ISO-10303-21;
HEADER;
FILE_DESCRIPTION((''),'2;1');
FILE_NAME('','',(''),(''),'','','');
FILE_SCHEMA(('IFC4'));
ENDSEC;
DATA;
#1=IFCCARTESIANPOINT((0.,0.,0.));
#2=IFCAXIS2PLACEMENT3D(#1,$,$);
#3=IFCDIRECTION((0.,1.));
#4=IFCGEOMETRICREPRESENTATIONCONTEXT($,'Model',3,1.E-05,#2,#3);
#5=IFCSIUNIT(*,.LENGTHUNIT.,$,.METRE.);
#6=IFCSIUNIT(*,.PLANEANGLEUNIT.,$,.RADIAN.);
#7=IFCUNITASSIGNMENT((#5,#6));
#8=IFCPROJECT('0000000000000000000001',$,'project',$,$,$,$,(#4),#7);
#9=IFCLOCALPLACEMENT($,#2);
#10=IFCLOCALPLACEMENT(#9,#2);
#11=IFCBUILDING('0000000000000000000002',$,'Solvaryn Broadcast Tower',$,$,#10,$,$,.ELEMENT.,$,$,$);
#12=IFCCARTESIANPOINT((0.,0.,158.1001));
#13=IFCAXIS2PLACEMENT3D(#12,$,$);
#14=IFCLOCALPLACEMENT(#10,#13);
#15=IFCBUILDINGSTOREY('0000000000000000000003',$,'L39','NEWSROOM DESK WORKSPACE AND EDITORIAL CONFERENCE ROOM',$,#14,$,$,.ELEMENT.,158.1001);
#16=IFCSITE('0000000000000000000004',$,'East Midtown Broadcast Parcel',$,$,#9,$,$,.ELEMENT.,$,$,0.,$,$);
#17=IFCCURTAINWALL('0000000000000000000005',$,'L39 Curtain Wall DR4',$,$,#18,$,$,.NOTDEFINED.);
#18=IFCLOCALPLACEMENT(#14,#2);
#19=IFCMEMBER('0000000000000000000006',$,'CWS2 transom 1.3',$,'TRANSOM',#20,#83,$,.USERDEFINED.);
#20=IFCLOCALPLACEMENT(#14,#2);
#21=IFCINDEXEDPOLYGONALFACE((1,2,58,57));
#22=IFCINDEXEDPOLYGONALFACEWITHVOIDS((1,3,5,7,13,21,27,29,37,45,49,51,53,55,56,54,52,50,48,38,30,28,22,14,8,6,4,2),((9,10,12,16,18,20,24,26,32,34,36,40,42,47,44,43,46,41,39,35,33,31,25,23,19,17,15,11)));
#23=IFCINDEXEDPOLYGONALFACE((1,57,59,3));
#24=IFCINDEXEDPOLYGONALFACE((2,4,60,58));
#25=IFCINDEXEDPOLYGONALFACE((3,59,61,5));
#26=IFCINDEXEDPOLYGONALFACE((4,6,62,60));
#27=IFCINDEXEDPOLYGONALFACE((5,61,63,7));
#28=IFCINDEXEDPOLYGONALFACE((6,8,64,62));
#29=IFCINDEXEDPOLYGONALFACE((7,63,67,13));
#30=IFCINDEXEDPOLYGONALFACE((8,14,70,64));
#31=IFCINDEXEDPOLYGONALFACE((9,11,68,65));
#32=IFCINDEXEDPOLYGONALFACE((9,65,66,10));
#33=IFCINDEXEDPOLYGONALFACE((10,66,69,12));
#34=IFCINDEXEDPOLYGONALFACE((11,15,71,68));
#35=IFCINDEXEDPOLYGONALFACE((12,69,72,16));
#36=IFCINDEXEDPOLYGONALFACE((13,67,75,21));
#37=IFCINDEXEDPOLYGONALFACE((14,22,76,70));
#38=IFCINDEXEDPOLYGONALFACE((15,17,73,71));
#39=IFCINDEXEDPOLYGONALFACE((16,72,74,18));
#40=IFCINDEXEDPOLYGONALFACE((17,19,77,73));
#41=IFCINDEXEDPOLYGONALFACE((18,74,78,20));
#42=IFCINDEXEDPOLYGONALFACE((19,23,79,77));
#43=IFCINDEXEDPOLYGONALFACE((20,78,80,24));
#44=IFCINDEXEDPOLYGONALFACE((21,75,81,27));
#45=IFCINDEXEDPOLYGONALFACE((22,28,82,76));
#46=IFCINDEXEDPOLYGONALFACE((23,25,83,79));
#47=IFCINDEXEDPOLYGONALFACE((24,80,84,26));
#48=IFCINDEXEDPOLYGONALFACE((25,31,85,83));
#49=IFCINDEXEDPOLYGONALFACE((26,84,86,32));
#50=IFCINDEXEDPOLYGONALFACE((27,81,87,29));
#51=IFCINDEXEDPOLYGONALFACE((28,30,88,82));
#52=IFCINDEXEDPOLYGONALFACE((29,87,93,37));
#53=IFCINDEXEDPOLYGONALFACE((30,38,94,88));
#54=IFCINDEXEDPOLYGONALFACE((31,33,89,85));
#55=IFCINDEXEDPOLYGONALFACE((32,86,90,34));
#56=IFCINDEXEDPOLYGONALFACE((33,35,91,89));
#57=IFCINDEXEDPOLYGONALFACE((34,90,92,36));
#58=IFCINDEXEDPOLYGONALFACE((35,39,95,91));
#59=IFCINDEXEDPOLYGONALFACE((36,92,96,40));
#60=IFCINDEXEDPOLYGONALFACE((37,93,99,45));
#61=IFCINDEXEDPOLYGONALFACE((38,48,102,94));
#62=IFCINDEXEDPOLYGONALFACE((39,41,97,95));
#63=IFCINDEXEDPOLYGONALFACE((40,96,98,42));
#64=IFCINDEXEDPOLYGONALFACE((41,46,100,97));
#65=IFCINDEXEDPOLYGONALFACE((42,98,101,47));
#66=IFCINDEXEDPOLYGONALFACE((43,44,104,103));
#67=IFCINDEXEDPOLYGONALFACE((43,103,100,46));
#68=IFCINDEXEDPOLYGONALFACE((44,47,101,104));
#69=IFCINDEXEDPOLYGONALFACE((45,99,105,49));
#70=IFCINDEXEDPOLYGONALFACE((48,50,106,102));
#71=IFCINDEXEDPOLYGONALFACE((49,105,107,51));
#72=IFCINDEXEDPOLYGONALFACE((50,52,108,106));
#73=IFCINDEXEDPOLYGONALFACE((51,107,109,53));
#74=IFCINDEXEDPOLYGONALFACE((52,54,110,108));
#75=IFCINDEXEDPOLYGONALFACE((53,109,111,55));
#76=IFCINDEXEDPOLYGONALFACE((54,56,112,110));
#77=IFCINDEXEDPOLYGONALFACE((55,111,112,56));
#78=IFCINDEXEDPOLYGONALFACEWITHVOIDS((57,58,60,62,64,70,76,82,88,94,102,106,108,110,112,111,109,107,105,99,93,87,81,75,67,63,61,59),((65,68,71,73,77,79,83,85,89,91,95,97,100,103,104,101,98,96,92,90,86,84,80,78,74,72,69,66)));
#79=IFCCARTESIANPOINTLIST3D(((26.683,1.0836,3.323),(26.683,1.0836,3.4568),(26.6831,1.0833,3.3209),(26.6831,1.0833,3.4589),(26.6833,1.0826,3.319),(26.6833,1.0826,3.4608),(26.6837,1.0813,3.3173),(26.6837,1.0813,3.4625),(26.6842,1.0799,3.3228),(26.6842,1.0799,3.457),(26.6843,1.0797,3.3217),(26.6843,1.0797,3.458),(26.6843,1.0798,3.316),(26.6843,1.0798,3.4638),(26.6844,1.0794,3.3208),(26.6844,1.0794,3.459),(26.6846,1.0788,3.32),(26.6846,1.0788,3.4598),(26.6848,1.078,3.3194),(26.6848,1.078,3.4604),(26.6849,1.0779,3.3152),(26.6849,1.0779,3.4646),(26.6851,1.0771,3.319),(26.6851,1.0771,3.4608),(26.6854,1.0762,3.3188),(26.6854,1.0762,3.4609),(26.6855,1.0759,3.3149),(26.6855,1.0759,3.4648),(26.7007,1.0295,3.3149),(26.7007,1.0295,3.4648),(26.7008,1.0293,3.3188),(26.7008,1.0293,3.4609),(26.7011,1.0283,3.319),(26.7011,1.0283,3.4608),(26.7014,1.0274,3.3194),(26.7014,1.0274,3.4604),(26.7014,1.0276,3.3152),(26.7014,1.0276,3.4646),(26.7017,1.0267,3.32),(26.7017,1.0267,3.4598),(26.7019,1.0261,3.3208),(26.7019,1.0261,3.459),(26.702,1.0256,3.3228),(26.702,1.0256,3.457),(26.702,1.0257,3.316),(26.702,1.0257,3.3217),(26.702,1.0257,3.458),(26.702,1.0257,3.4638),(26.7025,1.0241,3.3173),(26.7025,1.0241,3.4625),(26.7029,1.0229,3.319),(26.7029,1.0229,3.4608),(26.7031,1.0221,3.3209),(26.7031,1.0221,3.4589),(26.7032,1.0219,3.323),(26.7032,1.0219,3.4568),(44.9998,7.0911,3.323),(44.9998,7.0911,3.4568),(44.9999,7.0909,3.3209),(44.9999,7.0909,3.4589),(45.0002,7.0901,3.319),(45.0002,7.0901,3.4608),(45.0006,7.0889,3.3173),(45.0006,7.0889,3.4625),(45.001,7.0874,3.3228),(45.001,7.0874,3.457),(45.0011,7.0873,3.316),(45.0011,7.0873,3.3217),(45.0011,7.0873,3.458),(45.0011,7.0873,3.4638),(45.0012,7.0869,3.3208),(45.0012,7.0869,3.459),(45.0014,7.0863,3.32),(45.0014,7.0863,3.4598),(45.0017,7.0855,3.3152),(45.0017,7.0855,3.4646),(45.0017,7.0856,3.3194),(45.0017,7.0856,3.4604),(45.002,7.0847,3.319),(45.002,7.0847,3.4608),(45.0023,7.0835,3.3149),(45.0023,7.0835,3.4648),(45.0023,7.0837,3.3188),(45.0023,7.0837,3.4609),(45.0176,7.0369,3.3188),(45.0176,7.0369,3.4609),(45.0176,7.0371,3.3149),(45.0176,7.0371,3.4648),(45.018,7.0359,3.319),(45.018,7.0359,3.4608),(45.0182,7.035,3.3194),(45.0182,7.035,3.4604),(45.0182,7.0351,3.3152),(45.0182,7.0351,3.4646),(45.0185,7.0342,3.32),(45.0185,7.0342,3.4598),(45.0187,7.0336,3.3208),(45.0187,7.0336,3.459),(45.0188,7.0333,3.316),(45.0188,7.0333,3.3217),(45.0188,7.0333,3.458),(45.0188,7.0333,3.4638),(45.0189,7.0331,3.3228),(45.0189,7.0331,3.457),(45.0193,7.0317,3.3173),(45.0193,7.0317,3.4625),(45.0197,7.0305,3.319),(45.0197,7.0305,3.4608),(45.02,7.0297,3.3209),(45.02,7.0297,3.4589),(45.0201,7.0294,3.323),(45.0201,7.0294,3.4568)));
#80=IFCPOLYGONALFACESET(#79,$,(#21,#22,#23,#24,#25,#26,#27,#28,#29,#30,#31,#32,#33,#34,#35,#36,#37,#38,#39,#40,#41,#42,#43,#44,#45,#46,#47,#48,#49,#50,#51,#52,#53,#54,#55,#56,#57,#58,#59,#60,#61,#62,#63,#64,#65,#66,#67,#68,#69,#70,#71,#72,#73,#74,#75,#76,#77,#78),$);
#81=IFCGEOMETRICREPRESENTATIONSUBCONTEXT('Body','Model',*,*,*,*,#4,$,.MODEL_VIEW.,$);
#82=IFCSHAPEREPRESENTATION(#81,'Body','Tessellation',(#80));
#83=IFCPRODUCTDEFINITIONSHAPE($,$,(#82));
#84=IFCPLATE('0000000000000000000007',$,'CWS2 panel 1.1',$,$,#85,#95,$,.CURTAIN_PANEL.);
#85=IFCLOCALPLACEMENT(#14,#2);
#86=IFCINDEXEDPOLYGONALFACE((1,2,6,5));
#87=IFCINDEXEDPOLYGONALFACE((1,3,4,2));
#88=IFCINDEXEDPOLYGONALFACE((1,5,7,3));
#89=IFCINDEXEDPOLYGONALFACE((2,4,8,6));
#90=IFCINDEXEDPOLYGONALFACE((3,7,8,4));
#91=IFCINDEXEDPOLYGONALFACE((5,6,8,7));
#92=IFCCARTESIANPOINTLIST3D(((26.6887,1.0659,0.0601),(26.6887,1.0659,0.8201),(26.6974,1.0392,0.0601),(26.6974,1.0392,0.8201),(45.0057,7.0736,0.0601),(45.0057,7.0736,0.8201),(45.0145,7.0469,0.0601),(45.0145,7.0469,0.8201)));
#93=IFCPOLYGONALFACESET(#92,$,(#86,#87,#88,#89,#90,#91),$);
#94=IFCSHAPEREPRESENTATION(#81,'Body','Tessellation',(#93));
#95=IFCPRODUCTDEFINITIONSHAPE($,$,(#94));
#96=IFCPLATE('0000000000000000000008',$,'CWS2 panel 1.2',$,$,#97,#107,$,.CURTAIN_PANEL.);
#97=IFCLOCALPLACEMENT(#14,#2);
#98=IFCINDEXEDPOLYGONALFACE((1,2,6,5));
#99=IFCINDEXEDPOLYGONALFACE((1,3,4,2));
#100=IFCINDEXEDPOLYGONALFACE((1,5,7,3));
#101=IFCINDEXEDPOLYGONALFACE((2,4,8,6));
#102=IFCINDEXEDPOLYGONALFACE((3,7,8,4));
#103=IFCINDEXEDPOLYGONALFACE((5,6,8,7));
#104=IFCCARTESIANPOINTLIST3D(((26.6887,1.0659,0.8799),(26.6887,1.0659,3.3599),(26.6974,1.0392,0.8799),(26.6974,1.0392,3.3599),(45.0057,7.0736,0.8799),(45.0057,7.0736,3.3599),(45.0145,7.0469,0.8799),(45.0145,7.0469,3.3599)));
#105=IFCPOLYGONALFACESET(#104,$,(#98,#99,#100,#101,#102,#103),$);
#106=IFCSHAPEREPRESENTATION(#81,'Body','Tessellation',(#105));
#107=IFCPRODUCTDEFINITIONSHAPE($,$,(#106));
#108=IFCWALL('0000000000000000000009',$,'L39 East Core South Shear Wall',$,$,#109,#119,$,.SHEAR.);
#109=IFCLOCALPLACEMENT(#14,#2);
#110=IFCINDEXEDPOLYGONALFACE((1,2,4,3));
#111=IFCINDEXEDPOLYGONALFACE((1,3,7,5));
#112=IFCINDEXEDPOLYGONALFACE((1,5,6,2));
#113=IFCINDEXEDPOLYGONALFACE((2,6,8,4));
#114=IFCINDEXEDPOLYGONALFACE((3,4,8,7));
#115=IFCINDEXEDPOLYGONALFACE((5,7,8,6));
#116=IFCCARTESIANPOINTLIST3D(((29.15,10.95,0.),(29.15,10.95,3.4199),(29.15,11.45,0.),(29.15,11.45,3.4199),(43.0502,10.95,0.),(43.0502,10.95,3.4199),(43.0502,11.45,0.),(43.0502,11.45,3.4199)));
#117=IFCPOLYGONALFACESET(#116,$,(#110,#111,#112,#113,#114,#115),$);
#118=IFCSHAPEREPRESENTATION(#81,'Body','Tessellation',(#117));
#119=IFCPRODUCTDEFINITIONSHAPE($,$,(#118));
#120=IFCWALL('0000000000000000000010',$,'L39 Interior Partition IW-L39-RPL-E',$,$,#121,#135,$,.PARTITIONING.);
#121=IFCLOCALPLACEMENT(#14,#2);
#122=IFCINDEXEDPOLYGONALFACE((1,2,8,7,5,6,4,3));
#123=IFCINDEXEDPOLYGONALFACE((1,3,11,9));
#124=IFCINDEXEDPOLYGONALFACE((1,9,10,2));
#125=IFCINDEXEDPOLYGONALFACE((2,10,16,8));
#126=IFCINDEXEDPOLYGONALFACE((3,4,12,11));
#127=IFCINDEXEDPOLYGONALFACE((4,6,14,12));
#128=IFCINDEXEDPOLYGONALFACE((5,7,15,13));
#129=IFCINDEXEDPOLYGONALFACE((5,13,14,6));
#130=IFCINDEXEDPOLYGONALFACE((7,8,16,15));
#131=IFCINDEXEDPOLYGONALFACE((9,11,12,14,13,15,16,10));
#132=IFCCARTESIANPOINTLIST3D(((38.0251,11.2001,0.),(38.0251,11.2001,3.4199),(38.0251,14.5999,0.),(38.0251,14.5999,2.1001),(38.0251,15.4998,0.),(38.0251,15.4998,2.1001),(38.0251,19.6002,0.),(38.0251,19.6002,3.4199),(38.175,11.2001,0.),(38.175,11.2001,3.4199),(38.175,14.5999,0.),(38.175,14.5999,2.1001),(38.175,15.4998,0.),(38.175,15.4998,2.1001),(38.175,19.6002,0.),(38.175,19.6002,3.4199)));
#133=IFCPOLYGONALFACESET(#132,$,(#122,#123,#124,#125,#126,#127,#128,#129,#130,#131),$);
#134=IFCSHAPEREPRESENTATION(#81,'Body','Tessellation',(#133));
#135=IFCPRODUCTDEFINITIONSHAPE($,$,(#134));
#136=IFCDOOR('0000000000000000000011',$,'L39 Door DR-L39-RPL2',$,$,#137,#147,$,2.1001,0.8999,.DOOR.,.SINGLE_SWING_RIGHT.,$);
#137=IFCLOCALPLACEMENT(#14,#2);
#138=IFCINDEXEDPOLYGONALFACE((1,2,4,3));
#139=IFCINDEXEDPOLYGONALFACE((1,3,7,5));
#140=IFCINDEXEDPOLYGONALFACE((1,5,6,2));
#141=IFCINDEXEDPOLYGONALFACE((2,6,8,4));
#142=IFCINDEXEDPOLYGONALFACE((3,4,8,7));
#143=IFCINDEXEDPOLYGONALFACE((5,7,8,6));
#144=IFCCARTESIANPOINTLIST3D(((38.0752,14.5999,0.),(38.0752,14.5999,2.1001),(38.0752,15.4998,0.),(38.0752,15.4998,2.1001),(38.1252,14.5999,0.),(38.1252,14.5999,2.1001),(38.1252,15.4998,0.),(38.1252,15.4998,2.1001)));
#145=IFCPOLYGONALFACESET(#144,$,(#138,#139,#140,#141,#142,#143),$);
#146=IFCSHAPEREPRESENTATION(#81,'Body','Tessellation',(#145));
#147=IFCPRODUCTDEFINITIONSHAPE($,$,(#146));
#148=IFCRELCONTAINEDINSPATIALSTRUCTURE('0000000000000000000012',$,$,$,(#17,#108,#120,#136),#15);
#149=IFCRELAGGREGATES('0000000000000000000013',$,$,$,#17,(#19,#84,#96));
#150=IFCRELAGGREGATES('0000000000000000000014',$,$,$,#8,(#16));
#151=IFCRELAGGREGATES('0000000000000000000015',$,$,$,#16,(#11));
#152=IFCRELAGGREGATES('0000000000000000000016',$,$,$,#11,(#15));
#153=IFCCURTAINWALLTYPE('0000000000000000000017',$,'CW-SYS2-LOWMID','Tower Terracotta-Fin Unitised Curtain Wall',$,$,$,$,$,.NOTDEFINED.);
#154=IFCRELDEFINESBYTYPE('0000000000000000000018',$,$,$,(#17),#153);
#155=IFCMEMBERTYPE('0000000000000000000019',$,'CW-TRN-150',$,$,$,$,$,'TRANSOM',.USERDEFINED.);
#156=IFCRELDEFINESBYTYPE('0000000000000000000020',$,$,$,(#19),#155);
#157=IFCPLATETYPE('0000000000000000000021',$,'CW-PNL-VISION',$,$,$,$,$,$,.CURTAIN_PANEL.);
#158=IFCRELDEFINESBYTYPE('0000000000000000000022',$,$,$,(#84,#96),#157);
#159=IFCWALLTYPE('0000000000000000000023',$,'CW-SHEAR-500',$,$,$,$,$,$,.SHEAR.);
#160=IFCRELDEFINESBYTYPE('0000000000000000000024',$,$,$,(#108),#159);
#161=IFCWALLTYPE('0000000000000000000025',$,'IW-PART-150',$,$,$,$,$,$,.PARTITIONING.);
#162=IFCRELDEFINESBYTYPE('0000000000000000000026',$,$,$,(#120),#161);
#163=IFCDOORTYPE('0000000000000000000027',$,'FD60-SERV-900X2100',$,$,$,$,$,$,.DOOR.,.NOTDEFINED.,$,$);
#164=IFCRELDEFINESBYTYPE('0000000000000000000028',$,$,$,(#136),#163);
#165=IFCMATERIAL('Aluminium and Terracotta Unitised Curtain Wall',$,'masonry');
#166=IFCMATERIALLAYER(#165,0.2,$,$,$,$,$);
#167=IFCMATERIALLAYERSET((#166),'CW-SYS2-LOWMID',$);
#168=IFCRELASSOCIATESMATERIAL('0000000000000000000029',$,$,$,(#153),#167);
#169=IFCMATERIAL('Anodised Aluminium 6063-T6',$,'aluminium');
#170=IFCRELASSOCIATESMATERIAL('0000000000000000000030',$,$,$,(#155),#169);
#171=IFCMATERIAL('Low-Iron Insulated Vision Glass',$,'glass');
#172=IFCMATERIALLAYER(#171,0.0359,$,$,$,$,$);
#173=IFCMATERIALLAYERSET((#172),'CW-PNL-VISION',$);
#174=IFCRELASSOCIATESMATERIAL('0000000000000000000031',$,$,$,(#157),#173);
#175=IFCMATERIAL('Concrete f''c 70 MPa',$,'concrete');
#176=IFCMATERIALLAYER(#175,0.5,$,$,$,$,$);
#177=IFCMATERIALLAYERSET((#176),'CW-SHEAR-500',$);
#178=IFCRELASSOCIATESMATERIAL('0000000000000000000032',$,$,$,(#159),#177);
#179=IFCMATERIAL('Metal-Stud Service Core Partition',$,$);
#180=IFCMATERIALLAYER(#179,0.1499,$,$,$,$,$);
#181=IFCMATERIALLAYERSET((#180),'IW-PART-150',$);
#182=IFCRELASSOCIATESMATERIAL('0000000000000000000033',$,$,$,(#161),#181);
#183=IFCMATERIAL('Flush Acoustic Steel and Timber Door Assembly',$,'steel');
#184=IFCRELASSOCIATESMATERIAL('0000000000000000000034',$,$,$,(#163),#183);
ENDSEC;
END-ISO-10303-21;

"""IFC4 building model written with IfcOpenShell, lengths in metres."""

from ifc_helpers import new_model, si_unit, direction, frame, frame_2d, origin, origin_2d, place, context, subcontext, project, spatial, rectangle, hollow_rectangle, extrude, material, layer, layer_set, material_profile, profile_set, type_object, element, fill, aggregate, save


model = new_model("IFC4")

# Units and contexts
model_context = context("Model", 3, precision=1e-05, world=origin(), true_north=direction((0.0, 1.0)))
body_context = subcontext(model_context, "Body", "Model", "MODEL_VIEW")
ifc_project = project(units=[si_unit("LENGTHUNIT", "METRE"), si_unit("PLANEANGLEUNIT", "RADIAN")], contexts=[model_context])

# Site, building, storey
site_placement = place(None, origin())
site = spatial("IfcSite", under=ifc_project, at=site_placement, Name="East Midtown Broadcast Parcel", CompositionType="ELEMENT", RefElevation=0.0)
building_placement = place(site_placement, origin())
building = spatial("IfcBuilding", under=site, at=building_placement, Name="Solvaryn Broadcast Tower", CompositionType="ELEMENT")
storey_placement = place(building_placement, frame((0.0, 0.0, 158.1001)))
storey = spatial("IfcBuildingStorey", under=building, at=storey_placement, Name="L39", Description="NEWSROOM DESK WORKSPACE AND EDITORIAL CONFERENCE ROOM", CompositionType="ELEMENT", Elevation=158.1001)

# Shared definitions
ifc_material_1 = material(Name="Aluminium and Terracotta Unitised Curtain Wall", Category="masonry")
ifc_layer_1 = layer(ifc_material_1, 0.2)
ifc_layer_set_1 = layer_set([ifc_layer_1], Name="CW-SYS2-LOWMID")
curtain_wall_type = type_object("IfcCurtainWallType", Name="CW-SYS2-LOWMID", Description="Tower Terracotta-Fin Unitised Curtain Wall", PredefinedType="NOTDEFINED", material=ifc_layer_set_1)

# Curtain wall, member, plates
curtain_wall_1_placement = place(storey_placement, origin())
curtain_wall_1 = element("IfcCurtainWall", 1, at=curtain_wall_1_placement, inside=storey, type_object=curtain_wall_type, Name="L39 Curtain Wall DR4", PredefinedType="NOTDEFINED")
ifc_material_2 = material(Name="Anodised Aluminium 6063-T6", Category="aluminium")
ifc_material_profile_1 = material_profile(ifc_material_2, hollow_rectangle(XDim=0.0649, YDim=0.1499, WallThickness=0.0039, InnerFilletRadius=0.0039, OuterFilletRadius=0.0081, at=origin_2d()))
ifc_profile_set_1 = profile_set([ifc_material_profile_1], Name="Anodised Aluminium 6063-T6")
member_type_1 = type_object("IfcMemberType", Name="CW-TRN-150", ElementType="TRANSOM", PredefinedType="USERDEFINED", material=ifc_profile_set_1)
member_1_placement = place(storey_placement, frame((26.6931, 1.0527, 3.3899), z_axis=(0.950198, 0.311646, 0.0), x_axis=(-0.311646, 0.950198, 0.0)))
member_1 = element("IfcMember", 2, at=member_1_placement, type_object=member_type_1, Name="CWS2 transom 1.3", ObjectType="TRANSOM", PredefinedType="USERDEFINED", context=body_context, shape_type="SweptSolid", body=[
    extrude(hollow_rectangle(XDim=0.0649, YDim=0.1499, WallThickness=0.0039, InnerFilletRadius=0.0039, OuterFilletRadius=0.0081, at=origin_2d()), origin(), (0.0, 0.0, 1.0), 19.2769),
])
ifc_material_3 = material(Name="Low-Iron Insulated Vision Glass", Category="glass")
ifc_layer_2 = layer(ifc_material_3, 0.0359)
ifc_layer_set_2 = layer_set([ifc_layer_2], Name="CW-PNL-VISION")
plate_type = type_object("IfcPlateType", Name="CW-PNL-VISION", PredefinedType="CURTAIN_PANEL", material=ifc_layer_set_2)
plate_1_placement = place(storey_placement, frame((35.8516, 4.0564, 0.0601), z_axis=(0.0, 0.0, 1.0), x_axis=(0.950198, 0.311646, 0.0)))
plate_1 = element("IfcPlate", 3, at=plate_1_placement, type_object=plate_type, Name="CWS2 panel 1.1", PredefinedType="CURTAIN_PANEL", context=body_context, shape_type="SweptSolid", body=[
    extrude(rectangle(XDim=19.2771, YDim=0.0281, at=origin_2d()), origin(), (0.0, 0.0, 1.0), 0.76),
])
plate_2_placement = place(storey_placement, frame((35.8516, 4.0564, 0.8799), z_axis=(0.0, 0.0, 1.0), x_axis=(0.950198, 0.311646, 0.0)))
plate_2 = element("IfcPlate", 4, at=plate_2_placement, type_object=plate_type, Name="CWS2 panel 1.2", PredefinedType="CURTAIN_PANEL", context=body_context, shape_type="SweptSolid", body=[
    extrude(rectangle(XDim=19.2771, YDim=0.0281, at=origin_2d()), origin(), (0.0, 0.0, 1.0), 2.48),
])
aggregate(curtain_wall_1, [member_1, plate_1, plate_2])

# Wall
ifc_material_4 = material(Name="Concrete f'c 70 MPa", Category="concrete")
ifc_layer_3 = layer(ifc_material_4, 0.5)
ifc_layer_set_3 = layer_set([ifc_layer_3], Name="CW-SHEAR-500")
wall_type_1 = type_object("IfcWallType", Name="CW-SHEAR-500", PredefinedType="SHEAR", material=ifc_layer_set_3)
wall_1_placement = place(storey_placement, frame((29.1499, 11.2, 0.0), z_axis=(0.0, 0.0, 1.0), x_axis=(1.0, 0.0, 0.0)))
element("IfcWall", 5, at=wall_1_placement, inside=storey, type_object=wall_type_1, Name="L39 East Core South Shear Wall", PredefinedType="SHEAR", context=body_context, shape_type="SweptSolid", body=[
    extrude(rectangle(XDim=13.9001, YDim=0.5, at=frame_2d((6.9502, 0.0))), origin(), (0.0, 0.0, 1.0), 3.4199),
])

# Wall, opening, door
ifc_material_5 = material(Name="Metal-Stud Service Core Partition")
ifc_layer_4 = layer(ifc_material_5, 0.1499)
ifc_layer_set_4 = layer_set([ifc_layer_4], Name="IW-PART-150")
wall_type_2 = type_object("IfcWallType", Name="IW-PART-150", PredefinedType="PARTITIONING", material=ifc_layer_set_4)
wall_2_placement = place(storey_placement, frame((38.1001, 11.2, 0.0), z_axis=(0.0, 0.0, 1.0), x_axis=(0.0, 1.0, 0.0)))
wall_2 = element("IfcWall", 6, at=wall_2_placement, inside=storey, type_object=wall_type_2, Name="L39 Interior Partition IW-L39-RPL-E", PredefinedType="PARTITIONING", context=body_context, shape_type="SweptSolid", body=[
    extrude(rectangle(XDim=8.4001, YDim=0.1499, at=frame_2d((4.2002, 0.0))), origin(), (0.0, 0.0, 1.0), 3.4199),
])
opening_1_placement = place(wall_2_placement, frame((3.3999, 0.0, 0.0)))
opening_1 = element("IfcOpeningElement", 7, at=opening_1_placement, cuts=wall_2, PredefinedType="OPENING", context=body_context, shape_type="SweptSolid", body=[
    extrude(rectangle(XDim=0.8999, YDim=2.1001, at=frame_2d((0.45, 1.05))), frame((0.0, 0.085, 0.0), z_axis=(0.0, -1.0, 0.0), x_axis=(1.0, 0.0, 0.0)), (0.0, 0.0, 1.0), 0.1699),
])
ifc_material_6 = material(Name="Flush Acoustic Steel and Timber Door Assembly", Category="steel")
door_type_1 = type_object("IfcDoorType", Name="FD60-SERV-900X2100", OperationType="NOTDEFINED", PredefinedType="DOOR", material=ifc_material_6)
door_1_placement = place(opening_1_placement, origin())
door_1 = element("IfcDoor", 8, at=door_1_placement, inside=storey, type_object=door_type_1, Name="L39 Door DR-L39-RPL2", OperationType="SINGLE_SWING_RIGHT", OverallHeight=2.1001, OverallWidth=0.8999, PredefinedType="DOOR", context=body_context, shape_type="SweptSolid", body=[
    extrude(rectangle(XDim=0.8999, YDim=2.1001, at=frame_2d((0.45, 1.05))), frame((0.0, 0.0249, 0.0), z_axis=(0.0, -1.0, 0.0), x_axis=(1.0, 0.0, 0.0)), (0.0, 0.0, 1.0), 0.05),
])
fill(opening_1, door_1)

save(model, "model.ifc")
